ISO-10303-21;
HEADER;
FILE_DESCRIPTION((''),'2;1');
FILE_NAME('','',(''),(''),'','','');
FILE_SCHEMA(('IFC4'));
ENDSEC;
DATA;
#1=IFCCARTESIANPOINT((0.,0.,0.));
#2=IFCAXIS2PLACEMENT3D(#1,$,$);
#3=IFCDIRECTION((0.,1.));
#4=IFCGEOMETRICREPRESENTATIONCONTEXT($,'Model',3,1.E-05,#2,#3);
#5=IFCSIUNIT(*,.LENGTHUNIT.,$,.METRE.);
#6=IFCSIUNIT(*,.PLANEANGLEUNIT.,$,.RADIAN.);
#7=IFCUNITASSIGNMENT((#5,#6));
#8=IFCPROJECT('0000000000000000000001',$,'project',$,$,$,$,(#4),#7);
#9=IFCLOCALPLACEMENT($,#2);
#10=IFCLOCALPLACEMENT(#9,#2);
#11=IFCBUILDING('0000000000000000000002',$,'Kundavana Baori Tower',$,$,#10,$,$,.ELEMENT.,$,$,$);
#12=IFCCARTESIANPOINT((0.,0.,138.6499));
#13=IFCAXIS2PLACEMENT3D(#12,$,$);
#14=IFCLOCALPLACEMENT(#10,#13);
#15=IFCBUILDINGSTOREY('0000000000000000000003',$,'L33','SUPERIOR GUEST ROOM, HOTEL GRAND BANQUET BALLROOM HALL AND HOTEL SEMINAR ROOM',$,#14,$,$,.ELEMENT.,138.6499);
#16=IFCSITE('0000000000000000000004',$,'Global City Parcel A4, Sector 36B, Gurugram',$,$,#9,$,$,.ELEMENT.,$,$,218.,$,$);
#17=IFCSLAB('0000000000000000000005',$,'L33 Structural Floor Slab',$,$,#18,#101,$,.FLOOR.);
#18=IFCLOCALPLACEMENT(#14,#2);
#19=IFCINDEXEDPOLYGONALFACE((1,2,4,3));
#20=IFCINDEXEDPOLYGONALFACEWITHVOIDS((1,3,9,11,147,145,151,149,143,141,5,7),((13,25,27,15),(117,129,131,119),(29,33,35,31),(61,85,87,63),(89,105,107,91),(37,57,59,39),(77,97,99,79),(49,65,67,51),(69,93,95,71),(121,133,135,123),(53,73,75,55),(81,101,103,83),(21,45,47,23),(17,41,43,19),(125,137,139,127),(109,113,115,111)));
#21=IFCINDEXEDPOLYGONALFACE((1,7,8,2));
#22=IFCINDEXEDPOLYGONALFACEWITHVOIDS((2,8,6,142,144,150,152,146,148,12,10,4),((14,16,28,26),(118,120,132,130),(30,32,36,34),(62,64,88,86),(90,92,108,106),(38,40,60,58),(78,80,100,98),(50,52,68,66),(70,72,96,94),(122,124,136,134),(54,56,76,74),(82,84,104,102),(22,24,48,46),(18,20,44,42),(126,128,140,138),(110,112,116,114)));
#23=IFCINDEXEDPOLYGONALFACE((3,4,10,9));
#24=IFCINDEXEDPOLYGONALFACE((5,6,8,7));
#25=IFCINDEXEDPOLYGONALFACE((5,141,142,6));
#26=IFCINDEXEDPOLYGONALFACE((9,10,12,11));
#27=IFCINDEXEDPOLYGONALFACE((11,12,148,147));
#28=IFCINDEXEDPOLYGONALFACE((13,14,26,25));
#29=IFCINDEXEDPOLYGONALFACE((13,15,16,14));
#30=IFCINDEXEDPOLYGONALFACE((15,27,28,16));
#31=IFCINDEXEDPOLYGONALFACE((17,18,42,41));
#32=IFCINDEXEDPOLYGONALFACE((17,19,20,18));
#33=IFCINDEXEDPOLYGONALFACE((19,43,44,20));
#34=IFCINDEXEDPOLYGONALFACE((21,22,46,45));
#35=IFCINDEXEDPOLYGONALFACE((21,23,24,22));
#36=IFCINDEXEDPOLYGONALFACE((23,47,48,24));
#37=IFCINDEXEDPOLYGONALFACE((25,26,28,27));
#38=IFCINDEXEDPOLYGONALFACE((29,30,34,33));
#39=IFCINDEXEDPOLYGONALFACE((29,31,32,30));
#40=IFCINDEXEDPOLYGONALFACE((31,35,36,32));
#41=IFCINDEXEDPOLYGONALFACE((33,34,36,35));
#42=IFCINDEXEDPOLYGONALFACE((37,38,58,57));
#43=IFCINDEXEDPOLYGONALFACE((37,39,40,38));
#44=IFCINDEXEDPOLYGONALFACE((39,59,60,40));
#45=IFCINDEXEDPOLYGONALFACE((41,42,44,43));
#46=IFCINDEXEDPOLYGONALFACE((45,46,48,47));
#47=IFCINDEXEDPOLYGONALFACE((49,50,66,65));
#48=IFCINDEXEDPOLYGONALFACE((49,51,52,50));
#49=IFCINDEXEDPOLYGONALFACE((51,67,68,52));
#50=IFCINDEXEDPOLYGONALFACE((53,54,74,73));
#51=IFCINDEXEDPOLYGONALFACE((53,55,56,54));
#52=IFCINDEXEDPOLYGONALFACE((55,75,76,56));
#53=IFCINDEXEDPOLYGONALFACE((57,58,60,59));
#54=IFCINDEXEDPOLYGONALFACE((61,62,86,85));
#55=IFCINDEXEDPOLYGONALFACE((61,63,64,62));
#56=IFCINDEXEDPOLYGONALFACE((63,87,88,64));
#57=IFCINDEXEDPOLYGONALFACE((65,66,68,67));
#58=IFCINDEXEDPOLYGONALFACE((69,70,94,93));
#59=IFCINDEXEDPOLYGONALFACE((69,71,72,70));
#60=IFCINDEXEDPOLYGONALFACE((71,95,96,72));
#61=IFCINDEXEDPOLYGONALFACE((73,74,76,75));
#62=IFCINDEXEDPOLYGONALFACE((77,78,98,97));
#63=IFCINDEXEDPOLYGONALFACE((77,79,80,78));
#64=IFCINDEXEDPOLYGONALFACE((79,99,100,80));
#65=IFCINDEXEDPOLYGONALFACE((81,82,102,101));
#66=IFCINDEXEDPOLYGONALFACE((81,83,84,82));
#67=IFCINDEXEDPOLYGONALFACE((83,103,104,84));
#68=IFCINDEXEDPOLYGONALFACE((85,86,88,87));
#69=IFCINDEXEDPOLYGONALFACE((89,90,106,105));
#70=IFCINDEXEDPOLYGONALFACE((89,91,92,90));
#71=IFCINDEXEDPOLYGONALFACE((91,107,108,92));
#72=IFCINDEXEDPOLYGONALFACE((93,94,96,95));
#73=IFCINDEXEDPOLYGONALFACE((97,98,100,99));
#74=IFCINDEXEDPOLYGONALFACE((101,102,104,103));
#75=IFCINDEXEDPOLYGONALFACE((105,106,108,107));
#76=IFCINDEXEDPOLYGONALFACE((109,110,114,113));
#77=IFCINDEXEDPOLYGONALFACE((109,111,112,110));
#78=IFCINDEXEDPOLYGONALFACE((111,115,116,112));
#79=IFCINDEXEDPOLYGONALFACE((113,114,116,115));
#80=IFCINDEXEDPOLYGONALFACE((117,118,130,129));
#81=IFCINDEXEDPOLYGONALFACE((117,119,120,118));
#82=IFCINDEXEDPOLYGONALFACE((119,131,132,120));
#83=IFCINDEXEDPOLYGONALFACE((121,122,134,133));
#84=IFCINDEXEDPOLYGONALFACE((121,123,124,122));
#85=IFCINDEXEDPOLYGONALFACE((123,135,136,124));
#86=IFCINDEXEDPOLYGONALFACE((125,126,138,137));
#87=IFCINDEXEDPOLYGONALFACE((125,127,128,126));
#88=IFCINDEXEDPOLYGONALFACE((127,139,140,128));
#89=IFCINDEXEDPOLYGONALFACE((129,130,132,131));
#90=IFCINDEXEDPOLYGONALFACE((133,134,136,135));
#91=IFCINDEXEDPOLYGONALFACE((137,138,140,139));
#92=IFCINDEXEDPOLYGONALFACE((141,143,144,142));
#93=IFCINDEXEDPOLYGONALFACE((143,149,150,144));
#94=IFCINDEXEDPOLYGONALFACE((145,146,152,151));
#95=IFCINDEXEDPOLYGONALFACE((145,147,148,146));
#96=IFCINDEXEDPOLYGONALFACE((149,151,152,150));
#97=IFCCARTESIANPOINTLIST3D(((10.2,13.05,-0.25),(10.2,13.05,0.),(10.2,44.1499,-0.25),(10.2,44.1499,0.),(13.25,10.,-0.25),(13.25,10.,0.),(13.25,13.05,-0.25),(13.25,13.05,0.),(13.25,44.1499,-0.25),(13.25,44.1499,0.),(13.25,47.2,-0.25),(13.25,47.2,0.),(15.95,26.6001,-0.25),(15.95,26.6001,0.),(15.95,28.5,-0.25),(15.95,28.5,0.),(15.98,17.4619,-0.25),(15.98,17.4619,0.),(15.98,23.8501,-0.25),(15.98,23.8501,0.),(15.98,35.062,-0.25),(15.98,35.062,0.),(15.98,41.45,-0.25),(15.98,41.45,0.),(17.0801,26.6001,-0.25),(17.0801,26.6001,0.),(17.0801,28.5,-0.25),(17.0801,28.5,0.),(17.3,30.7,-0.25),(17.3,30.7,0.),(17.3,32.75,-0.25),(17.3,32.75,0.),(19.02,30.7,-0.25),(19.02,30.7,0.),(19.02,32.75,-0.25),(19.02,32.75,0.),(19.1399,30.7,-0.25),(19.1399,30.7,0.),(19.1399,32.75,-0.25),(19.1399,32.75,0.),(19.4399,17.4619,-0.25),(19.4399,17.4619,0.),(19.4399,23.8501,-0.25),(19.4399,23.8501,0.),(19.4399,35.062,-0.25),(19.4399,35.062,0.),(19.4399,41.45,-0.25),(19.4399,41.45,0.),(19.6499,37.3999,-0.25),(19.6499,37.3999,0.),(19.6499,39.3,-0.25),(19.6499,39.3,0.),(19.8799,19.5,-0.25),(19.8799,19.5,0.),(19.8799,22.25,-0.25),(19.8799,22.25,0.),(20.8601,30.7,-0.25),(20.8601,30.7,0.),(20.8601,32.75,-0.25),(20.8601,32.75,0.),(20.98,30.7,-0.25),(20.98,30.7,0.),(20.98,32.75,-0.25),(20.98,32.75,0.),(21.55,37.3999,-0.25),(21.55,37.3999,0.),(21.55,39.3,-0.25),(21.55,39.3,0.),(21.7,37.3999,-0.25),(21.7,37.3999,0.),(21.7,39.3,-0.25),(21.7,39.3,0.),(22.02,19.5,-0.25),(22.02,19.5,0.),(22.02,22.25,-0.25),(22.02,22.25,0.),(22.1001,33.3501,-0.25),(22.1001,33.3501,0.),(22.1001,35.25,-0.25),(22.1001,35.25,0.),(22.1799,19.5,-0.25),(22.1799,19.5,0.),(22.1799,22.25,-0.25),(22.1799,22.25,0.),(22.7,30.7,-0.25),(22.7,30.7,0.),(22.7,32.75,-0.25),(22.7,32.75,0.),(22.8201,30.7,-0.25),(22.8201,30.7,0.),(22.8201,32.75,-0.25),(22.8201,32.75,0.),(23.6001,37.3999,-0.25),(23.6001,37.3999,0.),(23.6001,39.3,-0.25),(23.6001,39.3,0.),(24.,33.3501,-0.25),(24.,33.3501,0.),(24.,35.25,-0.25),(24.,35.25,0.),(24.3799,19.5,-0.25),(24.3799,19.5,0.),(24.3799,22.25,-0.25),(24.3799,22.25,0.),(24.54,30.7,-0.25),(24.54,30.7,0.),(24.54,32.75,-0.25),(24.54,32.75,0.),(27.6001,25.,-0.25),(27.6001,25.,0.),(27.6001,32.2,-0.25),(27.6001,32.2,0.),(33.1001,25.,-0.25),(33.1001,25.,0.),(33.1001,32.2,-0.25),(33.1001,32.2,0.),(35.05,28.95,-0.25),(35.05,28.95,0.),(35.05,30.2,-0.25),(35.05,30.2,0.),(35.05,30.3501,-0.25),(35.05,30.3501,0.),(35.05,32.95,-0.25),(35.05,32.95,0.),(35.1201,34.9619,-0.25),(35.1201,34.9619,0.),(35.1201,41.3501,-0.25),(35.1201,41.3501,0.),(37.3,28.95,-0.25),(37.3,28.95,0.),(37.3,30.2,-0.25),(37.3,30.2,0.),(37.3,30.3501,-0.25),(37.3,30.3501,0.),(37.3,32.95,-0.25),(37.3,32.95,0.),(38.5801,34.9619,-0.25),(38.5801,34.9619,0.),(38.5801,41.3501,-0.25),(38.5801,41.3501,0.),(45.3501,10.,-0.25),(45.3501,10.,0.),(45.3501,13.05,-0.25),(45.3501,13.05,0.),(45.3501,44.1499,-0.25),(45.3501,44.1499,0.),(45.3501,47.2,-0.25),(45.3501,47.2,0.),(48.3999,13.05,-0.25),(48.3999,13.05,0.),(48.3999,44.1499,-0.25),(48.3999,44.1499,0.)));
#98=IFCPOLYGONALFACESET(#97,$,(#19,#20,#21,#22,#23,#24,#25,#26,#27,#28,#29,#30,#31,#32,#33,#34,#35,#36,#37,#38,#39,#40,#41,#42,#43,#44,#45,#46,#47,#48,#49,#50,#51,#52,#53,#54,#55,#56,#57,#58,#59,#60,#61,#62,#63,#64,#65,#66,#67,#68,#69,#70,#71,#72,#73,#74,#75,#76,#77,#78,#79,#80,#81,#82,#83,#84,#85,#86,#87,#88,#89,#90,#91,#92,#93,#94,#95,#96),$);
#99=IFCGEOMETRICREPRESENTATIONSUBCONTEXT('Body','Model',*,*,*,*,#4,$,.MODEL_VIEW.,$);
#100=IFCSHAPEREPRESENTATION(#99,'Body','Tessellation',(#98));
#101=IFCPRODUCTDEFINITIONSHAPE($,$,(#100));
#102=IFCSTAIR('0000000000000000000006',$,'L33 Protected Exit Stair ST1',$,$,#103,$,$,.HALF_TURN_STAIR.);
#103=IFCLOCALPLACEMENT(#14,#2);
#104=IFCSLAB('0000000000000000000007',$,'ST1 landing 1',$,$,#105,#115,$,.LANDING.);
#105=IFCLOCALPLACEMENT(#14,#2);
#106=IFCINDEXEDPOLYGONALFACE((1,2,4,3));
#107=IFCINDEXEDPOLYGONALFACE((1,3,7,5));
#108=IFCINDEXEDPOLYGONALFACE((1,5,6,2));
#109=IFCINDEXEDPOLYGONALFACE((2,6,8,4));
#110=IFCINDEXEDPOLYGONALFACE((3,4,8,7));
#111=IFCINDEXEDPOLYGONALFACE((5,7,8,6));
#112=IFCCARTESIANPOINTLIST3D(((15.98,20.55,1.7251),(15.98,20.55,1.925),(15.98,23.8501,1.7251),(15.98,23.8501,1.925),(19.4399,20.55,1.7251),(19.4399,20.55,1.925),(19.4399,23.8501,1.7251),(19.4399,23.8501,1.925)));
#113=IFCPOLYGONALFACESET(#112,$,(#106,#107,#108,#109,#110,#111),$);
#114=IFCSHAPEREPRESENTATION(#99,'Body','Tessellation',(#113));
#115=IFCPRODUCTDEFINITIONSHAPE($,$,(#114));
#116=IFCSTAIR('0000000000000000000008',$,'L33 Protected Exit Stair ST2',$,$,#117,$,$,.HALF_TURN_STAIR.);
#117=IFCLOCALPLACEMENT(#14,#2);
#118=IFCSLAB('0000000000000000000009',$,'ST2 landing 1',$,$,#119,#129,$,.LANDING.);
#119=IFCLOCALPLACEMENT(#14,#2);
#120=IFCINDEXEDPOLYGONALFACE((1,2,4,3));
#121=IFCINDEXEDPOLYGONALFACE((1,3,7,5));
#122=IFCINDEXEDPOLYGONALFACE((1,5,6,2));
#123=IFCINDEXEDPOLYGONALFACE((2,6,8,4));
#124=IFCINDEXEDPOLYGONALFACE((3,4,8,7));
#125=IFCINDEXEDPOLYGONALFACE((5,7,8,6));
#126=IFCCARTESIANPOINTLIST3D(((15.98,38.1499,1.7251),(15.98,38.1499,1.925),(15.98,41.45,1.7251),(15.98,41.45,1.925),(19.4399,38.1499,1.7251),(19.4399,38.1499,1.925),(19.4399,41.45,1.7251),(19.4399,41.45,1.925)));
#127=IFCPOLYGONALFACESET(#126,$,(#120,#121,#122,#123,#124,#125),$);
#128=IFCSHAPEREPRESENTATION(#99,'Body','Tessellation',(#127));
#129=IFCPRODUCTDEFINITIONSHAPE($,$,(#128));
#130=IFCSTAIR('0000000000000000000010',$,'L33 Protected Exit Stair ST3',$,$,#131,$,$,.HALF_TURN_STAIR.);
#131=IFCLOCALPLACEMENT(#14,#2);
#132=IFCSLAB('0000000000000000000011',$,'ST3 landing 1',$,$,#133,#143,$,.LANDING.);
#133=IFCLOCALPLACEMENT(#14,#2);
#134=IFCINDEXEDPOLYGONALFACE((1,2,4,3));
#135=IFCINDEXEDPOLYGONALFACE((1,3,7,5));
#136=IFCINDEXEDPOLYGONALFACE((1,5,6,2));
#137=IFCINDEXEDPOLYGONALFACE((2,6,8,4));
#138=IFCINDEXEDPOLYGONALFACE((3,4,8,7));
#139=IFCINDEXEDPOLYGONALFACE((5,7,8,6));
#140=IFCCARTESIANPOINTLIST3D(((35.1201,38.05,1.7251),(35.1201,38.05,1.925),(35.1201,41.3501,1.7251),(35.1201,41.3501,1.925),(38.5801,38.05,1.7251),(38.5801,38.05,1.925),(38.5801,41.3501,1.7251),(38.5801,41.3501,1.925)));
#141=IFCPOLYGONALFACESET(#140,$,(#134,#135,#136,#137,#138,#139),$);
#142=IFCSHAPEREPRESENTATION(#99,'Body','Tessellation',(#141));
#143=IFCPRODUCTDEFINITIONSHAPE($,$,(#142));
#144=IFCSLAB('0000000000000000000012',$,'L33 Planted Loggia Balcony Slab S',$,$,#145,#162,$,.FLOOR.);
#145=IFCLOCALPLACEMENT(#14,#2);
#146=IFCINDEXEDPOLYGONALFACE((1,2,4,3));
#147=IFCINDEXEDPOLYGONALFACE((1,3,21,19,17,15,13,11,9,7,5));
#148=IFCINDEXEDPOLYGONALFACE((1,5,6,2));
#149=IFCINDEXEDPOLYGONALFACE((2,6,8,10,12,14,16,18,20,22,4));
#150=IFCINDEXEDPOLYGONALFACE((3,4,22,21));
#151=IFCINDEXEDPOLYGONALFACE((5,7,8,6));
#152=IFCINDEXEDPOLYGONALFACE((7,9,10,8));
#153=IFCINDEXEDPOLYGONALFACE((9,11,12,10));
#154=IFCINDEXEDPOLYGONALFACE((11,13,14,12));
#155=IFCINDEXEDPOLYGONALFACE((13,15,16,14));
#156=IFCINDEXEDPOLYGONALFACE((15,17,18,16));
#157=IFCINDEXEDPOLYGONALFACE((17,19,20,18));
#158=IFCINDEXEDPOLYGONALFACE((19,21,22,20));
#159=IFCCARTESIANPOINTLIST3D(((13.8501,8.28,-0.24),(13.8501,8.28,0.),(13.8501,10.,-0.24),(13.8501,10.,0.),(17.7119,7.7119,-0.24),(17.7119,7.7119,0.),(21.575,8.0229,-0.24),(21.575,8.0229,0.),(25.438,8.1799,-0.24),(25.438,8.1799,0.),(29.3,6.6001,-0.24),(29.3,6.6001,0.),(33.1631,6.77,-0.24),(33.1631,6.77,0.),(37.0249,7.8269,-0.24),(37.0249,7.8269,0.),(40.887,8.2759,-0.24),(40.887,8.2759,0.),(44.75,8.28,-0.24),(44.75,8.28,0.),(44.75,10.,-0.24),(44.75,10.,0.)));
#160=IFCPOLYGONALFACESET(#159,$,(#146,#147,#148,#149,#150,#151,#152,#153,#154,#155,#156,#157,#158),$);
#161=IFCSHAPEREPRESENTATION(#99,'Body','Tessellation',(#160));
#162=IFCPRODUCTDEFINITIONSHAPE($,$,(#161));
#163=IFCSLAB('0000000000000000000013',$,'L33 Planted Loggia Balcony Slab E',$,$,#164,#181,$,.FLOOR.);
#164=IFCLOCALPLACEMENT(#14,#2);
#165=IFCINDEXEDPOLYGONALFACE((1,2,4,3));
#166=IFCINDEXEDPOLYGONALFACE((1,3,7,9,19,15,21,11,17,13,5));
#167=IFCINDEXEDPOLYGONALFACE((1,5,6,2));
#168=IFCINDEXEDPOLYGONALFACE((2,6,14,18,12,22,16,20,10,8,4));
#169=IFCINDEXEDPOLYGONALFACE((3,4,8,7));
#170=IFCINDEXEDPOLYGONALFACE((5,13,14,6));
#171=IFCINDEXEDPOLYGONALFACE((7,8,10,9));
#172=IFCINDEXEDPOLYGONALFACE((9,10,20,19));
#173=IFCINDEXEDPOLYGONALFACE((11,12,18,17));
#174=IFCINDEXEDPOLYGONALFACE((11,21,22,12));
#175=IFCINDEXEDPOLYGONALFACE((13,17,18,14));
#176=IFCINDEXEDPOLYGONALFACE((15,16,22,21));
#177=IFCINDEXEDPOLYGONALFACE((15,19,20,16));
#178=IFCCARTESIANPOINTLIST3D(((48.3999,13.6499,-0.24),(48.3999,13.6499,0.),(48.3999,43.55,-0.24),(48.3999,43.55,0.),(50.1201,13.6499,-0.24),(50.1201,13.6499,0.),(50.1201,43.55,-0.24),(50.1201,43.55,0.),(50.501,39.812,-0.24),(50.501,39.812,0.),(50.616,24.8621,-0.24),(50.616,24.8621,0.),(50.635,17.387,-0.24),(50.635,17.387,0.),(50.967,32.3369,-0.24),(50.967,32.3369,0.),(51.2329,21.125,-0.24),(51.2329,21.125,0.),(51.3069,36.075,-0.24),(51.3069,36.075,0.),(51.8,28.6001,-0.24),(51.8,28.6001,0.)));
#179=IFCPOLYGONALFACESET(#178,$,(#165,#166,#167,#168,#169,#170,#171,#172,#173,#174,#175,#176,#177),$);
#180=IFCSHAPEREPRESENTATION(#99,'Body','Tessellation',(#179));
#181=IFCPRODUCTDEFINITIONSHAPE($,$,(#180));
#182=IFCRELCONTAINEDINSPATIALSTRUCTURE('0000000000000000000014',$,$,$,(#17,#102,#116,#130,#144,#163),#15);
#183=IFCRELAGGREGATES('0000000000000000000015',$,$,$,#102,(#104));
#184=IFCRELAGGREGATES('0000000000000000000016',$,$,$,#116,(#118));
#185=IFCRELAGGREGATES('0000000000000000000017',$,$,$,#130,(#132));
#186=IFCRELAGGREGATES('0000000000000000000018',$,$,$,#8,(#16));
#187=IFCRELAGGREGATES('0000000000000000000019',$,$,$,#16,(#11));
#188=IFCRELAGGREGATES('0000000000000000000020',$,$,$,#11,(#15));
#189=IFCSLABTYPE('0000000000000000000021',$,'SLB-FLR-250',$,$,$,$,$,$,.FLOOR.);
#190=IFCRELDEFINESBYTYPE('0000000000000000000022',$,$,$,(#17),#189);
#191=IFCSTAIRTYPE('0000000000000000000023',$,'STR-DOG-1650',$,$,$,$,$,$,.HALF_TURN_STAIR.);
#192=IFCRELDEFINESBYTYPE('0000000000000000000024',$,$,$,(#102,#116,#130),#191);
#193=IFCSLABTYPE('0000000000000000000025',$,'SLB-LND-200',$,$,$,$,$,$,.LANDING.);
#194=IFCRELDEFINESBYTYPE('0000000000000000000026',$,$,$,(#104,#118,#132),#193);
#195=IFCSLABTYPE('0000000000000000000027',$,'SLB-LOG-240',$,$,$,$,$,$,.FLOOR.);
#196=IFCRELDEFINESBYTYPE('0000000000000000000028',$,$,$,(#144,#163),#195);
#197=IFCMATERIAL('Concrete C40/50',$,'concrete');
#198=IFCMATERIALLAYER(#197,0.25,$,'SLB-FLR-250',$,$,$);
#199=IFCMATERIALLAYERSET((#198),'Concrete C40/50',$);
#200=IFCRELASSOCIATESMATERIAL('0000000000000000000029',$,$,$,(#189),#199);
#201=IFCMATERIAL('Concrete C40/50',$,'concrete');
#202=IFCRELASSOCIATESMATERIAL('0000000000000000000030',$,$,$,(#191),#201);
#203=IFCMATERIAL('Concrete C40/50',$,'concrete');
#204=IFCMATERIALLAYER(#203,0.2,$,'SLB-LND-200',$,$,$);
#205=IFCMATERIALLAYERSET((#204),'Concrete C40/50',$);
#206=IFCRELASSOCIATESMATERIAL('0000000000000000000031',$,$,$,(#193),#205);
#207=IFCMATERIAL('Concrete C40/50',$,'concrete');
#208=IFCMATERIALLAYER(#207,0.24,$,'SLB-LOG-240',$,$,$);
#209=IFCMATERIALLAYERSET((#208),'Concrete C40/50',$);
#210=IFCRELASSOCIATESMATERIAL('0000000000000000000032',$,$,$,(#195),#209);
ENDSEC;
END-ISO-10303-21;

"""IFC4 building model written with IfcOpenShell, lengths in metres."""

from ifc_helpers import new_model, si_unit, direction, frame, origin, place, context, subcontext, project, spatial, polyline, outline, extrude, material, layer, layer_set, type_object, element, aggregate, save


model = new_model("IFC4")

# Units and contexts
model_context = context("Model", 3, precision=1e-05, world=origin(), true_north=direction((0.0, 1.0)))
body_context = subcontext(model_context, "Body", "Model", "MODEL_VIEW")
ifc_project = project(units=[si_unit("LENGTHUNIT", "METRE"), si_unit("PLANEANGLEUNIT", "RADIAN")], contexts=[model_context])

# Site, building, storey
site_placement = place(None, origin())
site = spatial("IfcSite", under=ifc_project, at=site_placement, Name="Global City Parcel A4, Sector 36B, Gurugram", CompositionType="ELEMENT", RefElevation=218.0)
building_placement = place(site_placement, origin())
building = spatial("IfcBuilding", under=site, at=building_placement, Name="Kundavana Baori Tower", CompositionType="ELEMENT")
storey_placement = place(building_placement, frame((0.0, 0.0, 138.6499)))
storey = spatial("IfcBuildingStorey", under=building, at=storey_placement, Name="L33", Description="SUPERIOR GUEST ROOM, HOTEL GRAND BANQUET BALLROOM HALL AND HOTEL SEMINAR ROOM", CompositionType="ELEMENT", Elevation=138.6499)

# Slab
ifc_material_1 = material(Name="Concrete C40/50", Category="concrete")
ifc_layer_1 = layer(ifc_material_1, 0.25, Name="SLB-FLR-250")
ifc_layer_set_1 = layer_set([ifc_layer_1], Name="Concrete C40/50")
slab_type_1 = type_object("IfcSlabType", Name="SLB-FLR-250", PredefinedType="FLOOR", material=ifc_layer_set_1)
slab_1_placement = place(storey_placement, frame((0.0, 0.0, -0.25)))
element("IfcSlab", 1, at=slab_1_placement, inside=storey, type_object=slab_type_1, Name="L33 Structural Floor Slab", PredefinedType="FLOOR", context=body_context, shape_type="SweptSolid", body=[
    extrude(outline(polyline([(13.25, 10.0), (45.3501, 10.0), (45.3501, 13.05), (48.3999, 13.05), (48.3999, 44.1499), (45.3501, 44.1499), (45.3501, 47.2), (13.25, 47.2), (13.25, 44.1499), (10.2, 44.1499), (10.2, 13.05), (13.25, 13.05), (13.25, 10.0)]), holes=[polyline([(19.4399, 17.4619), (19.4399, 23.8501), (15.98, 23.8501), (15.98, 17.4619), (19.4399, 17.4619)]), polyline([(19.4399, 35.062), (19.4399, 41.45), (15.98, 41.45), (15.98, 35.062), (19.4399, 35.062)]), polyline([(38.5801, 34.9619), (38.5801, 41.3501), (35.1201, 41.3501), (35.1201, 34.9619), (38.5801, 34.9619)]), polyline([(17.3, 30.7), (19.02, 30.7), (19.02, 32.75), (17.3, 32.75), (17.3, 30.7)]), polyline([(19.1399, 30.7), (20.8601, 30.7), (20.8601, 32.75), (19.1399, 32.75), (19.1399, 30.7)]), polyline([(20.98, 30.7), (22.7, 30.7), (22.7, 32.75), (20.98, 32.75), (20.98, 30.7)]), polyline([(22.8201, 30.7), (24.54, 30.7), (24.54, 32.75), (22.8201, 32.75), (22.8201, 30.7)]), polyline([(19.6499, 37.3999), (21.55, 37.3999), (21.55, 39.3), (19.6499, 39.3), (19.6499, 37.3999)]), polyline([(21.7, 37.3999), (23.6001, 37.3999), (23.6001, 39.3), (21.7, 39.3), (21.7, 37.3999)]), polyline([(22.1001, 33.3501), (24.0, 33.3501), (24.0, 35.25), (22.1001, 35.25), (22.1001, 33.3501)]), polyline([(19.8799, 19.5), (22.02, 19.5), (22.02, 22.25), (19.8799, 22.25), (19.8799, 19.5)]), polyline([(22.1799, 19.5), (24.3799, 19.5), (24.3799, 22.25), (22.1799, 22.25), (22.1799, 19.5)]), polyline([(35.05, 30.3501), (37.3, 30.3501), (37.3, 32.95), (35.05, 32.95), (35.05, 30.3501)]), polyline([(15.95, 26.6001), (17.0801, 26.6001), (17.0801, 28.5), (15.95, 28.5), (15.95, 26.6001)]), polyline([(35.05, 28.95), (37.3, 28.95), (37.3, 30.2), (35.05, 30.2), (35.05, 28.95)]), polyline([(27.6001, 25.0), (33.1001, 25.0), (33.1001, 32.2), (27.6001, 32.2), (27.6001, 25.0)])]), origin(), (0.0, 0.0, 1.0), 0.25),
])

# Stairs, slabs
ifc_material_2 = material(Name="Concrete C40/50", Category="concrete")
stair_type = type_object("IfcStairType", Name="STR-DOG-1650", PredefinedType="HALF_TURN_STAIR", material=ifc_material_2)
stair_1_placement = place(storey_placement, origin())
stair_1 = element("IfcStair", 2, at=stair_1_placement, inside=storey, type_object=stair_type, Name="L33 Protected Exit Stair ST1", PredefinedType="HALF_TURN_STAIR")
ifc_material_3 = material(Name="Concrete C40/50", Category="concrete")
ifc_layer_2 = layer(ifc_material_3, 0.2, Name="SLB-LND-200")
ifc_layer_set_2 = layer_set([ifc_layer_2], Name="Concrete C40/50")
slab_type_2 = type_object("IfcSlabType", Name="SLB-LND-200", PredefinedType="LANDING", material=ifc_layer_set_2)
slab_2_placement = place(storey_placement, frame((0.0, 0.0, 1.7251)))
slab_2 = element("IfcSlab", 3, at=slab_2_placement, type_object=slab_type_2, Name="ST1 landing 1", PredefinedType="LANDING", context=body_context, shape_type="SweptSolid", body=[
    extrude(outline(polyline([(19.4399, 20.55), (19.4399, 23.8501), (15.98, 23.8501), (15.98, 20.55), (19.4399, 20.55)])), origin(), (0.0, 0.0, 1.0), 0.2),
])
aggregate(stair_1, [slab_2])
stair_2_placement = place(storey_placement, origin())
stair_2 = element("IfcStair", 4, at=stair_2_placement, inside=storey, type_object=stair_type, Name="L33 Protected Exit Stair ST2", PredefinedType="HALF_TURN_STAIR")
slab_3_placement = place(storey_placement, frame((0.0, 0.0, 1.7251)))
slab_3 = element("IfcSlab", 5, at=slab_3_placement, type_object=slab_type_2, Name="ST2 landing 1", PredefinedType="LANDING", context=body_context, shape_type="SweptSolid", body=[
    extrude(outline(polyline([(19.4399, 38.1499), (19.4399, 41.45), (15.98, 41.45), (15.98, 38.1499), (19.4399, 38.1499)])), origin(), (0.0, 0.0, 1.0), 0.2),
])
aggregate(stair_2, [slab_3])
stair_3_placement = place(storey_placement, origin())
stair_3 = element("IfcStair", 6, at=stair_3_placement, inside=storey, type_object=stair_type, Name="L33 Protected Exit Stair ST3", PredefinedType="HALF_TURN_STAIR")
slab_4_placement = place(storey_placement, frame((0.0, 0.0, 1.7251)))
slab_4 = element("IfcSlab", 7, at=slab_4_placement, type_object=slab_type_2, Name="ST3 landing 1", PredefinedType="LANDING", context=body_context, shape_type="SweptSolid", body=[
    extrude(outline(polyline([(38.5801, 38.05), (38.5801, 41.3501), (35.1201, 41.3501), (35.1201, 38.05), (38.5801, 38.05)])), origin(), (0.0, 0.0, 1.0), 0.2),
])
aggregate(stair_3, [slab_4])

# Slabs
ifc_material_4 = material(Name="Concrete C40/50", Category="concrete")
ifc_layer_3 = layer(ifc_material_4, 0.24, Name="SLB-LOG-240")
ifc_layer_set_3 = layer_set([ifc_layer_3], Name="Concrete C40/50")
slab_type_3 = type_object("IfcSlabType", Name="SLB-LOG-240", PredefinedType="FLOOR", material=ifc_layer_set_3)
slab_5_placement = place(storey_placement, frame((0.0, 0.0, -0.24)))
element("IfcSlab", 8, at=slab_5_placement, inside=storey, type_object=slab_type_3, Name="L33 Planted Loggia Balcony Slab S", PredefinedType="FLOOR", context=body_context, shape_type="SweptSolid", body=[
    extrude(outline(polyline([(13.8501, 10.0), (44.75, 10.0), (44.75, 8.28), (40.887, 8.2759), (37.0249, 7.8269), (33.1631, 6.77), (29.3, 6.6001), (25.438, 8.1799), (21.575, 8.0229), (17.7119, 7.7119), (13.8501, 8.28), (13.8501, 10.0)])), origin(), (0.0, 0.0, 1.0), 0.24),
])
slab_6_placement = place(storey_placement, frame((0.0, 0.0, -0.24)))
element("IfcSlab", 9, at=slab_6_placement, inside=storey, type_object=slab_type_3, Name="L33 Planted Loggia Balcony Slab E", PredefinedType="FLOOR", context=body_context, shape_type="SweptSolid", body=[
    extrude(outline(polyline([(48.3999, 13.6499), (48.3999, 43.55), (50.1201, 43.55), (50.501, 39.812), (51.3069, 36.075), (50.967, 32.3369), (51.8, 28.6001), (50.616, 24.8621), (51.2329, 21.125), (50.635, 17.387), (50.1201, 13.6499), (48.3999, 13.6499)])), origin(), (0.0, 0.0, 1.0), 0.24),
])

save(model, "model.ifc")
